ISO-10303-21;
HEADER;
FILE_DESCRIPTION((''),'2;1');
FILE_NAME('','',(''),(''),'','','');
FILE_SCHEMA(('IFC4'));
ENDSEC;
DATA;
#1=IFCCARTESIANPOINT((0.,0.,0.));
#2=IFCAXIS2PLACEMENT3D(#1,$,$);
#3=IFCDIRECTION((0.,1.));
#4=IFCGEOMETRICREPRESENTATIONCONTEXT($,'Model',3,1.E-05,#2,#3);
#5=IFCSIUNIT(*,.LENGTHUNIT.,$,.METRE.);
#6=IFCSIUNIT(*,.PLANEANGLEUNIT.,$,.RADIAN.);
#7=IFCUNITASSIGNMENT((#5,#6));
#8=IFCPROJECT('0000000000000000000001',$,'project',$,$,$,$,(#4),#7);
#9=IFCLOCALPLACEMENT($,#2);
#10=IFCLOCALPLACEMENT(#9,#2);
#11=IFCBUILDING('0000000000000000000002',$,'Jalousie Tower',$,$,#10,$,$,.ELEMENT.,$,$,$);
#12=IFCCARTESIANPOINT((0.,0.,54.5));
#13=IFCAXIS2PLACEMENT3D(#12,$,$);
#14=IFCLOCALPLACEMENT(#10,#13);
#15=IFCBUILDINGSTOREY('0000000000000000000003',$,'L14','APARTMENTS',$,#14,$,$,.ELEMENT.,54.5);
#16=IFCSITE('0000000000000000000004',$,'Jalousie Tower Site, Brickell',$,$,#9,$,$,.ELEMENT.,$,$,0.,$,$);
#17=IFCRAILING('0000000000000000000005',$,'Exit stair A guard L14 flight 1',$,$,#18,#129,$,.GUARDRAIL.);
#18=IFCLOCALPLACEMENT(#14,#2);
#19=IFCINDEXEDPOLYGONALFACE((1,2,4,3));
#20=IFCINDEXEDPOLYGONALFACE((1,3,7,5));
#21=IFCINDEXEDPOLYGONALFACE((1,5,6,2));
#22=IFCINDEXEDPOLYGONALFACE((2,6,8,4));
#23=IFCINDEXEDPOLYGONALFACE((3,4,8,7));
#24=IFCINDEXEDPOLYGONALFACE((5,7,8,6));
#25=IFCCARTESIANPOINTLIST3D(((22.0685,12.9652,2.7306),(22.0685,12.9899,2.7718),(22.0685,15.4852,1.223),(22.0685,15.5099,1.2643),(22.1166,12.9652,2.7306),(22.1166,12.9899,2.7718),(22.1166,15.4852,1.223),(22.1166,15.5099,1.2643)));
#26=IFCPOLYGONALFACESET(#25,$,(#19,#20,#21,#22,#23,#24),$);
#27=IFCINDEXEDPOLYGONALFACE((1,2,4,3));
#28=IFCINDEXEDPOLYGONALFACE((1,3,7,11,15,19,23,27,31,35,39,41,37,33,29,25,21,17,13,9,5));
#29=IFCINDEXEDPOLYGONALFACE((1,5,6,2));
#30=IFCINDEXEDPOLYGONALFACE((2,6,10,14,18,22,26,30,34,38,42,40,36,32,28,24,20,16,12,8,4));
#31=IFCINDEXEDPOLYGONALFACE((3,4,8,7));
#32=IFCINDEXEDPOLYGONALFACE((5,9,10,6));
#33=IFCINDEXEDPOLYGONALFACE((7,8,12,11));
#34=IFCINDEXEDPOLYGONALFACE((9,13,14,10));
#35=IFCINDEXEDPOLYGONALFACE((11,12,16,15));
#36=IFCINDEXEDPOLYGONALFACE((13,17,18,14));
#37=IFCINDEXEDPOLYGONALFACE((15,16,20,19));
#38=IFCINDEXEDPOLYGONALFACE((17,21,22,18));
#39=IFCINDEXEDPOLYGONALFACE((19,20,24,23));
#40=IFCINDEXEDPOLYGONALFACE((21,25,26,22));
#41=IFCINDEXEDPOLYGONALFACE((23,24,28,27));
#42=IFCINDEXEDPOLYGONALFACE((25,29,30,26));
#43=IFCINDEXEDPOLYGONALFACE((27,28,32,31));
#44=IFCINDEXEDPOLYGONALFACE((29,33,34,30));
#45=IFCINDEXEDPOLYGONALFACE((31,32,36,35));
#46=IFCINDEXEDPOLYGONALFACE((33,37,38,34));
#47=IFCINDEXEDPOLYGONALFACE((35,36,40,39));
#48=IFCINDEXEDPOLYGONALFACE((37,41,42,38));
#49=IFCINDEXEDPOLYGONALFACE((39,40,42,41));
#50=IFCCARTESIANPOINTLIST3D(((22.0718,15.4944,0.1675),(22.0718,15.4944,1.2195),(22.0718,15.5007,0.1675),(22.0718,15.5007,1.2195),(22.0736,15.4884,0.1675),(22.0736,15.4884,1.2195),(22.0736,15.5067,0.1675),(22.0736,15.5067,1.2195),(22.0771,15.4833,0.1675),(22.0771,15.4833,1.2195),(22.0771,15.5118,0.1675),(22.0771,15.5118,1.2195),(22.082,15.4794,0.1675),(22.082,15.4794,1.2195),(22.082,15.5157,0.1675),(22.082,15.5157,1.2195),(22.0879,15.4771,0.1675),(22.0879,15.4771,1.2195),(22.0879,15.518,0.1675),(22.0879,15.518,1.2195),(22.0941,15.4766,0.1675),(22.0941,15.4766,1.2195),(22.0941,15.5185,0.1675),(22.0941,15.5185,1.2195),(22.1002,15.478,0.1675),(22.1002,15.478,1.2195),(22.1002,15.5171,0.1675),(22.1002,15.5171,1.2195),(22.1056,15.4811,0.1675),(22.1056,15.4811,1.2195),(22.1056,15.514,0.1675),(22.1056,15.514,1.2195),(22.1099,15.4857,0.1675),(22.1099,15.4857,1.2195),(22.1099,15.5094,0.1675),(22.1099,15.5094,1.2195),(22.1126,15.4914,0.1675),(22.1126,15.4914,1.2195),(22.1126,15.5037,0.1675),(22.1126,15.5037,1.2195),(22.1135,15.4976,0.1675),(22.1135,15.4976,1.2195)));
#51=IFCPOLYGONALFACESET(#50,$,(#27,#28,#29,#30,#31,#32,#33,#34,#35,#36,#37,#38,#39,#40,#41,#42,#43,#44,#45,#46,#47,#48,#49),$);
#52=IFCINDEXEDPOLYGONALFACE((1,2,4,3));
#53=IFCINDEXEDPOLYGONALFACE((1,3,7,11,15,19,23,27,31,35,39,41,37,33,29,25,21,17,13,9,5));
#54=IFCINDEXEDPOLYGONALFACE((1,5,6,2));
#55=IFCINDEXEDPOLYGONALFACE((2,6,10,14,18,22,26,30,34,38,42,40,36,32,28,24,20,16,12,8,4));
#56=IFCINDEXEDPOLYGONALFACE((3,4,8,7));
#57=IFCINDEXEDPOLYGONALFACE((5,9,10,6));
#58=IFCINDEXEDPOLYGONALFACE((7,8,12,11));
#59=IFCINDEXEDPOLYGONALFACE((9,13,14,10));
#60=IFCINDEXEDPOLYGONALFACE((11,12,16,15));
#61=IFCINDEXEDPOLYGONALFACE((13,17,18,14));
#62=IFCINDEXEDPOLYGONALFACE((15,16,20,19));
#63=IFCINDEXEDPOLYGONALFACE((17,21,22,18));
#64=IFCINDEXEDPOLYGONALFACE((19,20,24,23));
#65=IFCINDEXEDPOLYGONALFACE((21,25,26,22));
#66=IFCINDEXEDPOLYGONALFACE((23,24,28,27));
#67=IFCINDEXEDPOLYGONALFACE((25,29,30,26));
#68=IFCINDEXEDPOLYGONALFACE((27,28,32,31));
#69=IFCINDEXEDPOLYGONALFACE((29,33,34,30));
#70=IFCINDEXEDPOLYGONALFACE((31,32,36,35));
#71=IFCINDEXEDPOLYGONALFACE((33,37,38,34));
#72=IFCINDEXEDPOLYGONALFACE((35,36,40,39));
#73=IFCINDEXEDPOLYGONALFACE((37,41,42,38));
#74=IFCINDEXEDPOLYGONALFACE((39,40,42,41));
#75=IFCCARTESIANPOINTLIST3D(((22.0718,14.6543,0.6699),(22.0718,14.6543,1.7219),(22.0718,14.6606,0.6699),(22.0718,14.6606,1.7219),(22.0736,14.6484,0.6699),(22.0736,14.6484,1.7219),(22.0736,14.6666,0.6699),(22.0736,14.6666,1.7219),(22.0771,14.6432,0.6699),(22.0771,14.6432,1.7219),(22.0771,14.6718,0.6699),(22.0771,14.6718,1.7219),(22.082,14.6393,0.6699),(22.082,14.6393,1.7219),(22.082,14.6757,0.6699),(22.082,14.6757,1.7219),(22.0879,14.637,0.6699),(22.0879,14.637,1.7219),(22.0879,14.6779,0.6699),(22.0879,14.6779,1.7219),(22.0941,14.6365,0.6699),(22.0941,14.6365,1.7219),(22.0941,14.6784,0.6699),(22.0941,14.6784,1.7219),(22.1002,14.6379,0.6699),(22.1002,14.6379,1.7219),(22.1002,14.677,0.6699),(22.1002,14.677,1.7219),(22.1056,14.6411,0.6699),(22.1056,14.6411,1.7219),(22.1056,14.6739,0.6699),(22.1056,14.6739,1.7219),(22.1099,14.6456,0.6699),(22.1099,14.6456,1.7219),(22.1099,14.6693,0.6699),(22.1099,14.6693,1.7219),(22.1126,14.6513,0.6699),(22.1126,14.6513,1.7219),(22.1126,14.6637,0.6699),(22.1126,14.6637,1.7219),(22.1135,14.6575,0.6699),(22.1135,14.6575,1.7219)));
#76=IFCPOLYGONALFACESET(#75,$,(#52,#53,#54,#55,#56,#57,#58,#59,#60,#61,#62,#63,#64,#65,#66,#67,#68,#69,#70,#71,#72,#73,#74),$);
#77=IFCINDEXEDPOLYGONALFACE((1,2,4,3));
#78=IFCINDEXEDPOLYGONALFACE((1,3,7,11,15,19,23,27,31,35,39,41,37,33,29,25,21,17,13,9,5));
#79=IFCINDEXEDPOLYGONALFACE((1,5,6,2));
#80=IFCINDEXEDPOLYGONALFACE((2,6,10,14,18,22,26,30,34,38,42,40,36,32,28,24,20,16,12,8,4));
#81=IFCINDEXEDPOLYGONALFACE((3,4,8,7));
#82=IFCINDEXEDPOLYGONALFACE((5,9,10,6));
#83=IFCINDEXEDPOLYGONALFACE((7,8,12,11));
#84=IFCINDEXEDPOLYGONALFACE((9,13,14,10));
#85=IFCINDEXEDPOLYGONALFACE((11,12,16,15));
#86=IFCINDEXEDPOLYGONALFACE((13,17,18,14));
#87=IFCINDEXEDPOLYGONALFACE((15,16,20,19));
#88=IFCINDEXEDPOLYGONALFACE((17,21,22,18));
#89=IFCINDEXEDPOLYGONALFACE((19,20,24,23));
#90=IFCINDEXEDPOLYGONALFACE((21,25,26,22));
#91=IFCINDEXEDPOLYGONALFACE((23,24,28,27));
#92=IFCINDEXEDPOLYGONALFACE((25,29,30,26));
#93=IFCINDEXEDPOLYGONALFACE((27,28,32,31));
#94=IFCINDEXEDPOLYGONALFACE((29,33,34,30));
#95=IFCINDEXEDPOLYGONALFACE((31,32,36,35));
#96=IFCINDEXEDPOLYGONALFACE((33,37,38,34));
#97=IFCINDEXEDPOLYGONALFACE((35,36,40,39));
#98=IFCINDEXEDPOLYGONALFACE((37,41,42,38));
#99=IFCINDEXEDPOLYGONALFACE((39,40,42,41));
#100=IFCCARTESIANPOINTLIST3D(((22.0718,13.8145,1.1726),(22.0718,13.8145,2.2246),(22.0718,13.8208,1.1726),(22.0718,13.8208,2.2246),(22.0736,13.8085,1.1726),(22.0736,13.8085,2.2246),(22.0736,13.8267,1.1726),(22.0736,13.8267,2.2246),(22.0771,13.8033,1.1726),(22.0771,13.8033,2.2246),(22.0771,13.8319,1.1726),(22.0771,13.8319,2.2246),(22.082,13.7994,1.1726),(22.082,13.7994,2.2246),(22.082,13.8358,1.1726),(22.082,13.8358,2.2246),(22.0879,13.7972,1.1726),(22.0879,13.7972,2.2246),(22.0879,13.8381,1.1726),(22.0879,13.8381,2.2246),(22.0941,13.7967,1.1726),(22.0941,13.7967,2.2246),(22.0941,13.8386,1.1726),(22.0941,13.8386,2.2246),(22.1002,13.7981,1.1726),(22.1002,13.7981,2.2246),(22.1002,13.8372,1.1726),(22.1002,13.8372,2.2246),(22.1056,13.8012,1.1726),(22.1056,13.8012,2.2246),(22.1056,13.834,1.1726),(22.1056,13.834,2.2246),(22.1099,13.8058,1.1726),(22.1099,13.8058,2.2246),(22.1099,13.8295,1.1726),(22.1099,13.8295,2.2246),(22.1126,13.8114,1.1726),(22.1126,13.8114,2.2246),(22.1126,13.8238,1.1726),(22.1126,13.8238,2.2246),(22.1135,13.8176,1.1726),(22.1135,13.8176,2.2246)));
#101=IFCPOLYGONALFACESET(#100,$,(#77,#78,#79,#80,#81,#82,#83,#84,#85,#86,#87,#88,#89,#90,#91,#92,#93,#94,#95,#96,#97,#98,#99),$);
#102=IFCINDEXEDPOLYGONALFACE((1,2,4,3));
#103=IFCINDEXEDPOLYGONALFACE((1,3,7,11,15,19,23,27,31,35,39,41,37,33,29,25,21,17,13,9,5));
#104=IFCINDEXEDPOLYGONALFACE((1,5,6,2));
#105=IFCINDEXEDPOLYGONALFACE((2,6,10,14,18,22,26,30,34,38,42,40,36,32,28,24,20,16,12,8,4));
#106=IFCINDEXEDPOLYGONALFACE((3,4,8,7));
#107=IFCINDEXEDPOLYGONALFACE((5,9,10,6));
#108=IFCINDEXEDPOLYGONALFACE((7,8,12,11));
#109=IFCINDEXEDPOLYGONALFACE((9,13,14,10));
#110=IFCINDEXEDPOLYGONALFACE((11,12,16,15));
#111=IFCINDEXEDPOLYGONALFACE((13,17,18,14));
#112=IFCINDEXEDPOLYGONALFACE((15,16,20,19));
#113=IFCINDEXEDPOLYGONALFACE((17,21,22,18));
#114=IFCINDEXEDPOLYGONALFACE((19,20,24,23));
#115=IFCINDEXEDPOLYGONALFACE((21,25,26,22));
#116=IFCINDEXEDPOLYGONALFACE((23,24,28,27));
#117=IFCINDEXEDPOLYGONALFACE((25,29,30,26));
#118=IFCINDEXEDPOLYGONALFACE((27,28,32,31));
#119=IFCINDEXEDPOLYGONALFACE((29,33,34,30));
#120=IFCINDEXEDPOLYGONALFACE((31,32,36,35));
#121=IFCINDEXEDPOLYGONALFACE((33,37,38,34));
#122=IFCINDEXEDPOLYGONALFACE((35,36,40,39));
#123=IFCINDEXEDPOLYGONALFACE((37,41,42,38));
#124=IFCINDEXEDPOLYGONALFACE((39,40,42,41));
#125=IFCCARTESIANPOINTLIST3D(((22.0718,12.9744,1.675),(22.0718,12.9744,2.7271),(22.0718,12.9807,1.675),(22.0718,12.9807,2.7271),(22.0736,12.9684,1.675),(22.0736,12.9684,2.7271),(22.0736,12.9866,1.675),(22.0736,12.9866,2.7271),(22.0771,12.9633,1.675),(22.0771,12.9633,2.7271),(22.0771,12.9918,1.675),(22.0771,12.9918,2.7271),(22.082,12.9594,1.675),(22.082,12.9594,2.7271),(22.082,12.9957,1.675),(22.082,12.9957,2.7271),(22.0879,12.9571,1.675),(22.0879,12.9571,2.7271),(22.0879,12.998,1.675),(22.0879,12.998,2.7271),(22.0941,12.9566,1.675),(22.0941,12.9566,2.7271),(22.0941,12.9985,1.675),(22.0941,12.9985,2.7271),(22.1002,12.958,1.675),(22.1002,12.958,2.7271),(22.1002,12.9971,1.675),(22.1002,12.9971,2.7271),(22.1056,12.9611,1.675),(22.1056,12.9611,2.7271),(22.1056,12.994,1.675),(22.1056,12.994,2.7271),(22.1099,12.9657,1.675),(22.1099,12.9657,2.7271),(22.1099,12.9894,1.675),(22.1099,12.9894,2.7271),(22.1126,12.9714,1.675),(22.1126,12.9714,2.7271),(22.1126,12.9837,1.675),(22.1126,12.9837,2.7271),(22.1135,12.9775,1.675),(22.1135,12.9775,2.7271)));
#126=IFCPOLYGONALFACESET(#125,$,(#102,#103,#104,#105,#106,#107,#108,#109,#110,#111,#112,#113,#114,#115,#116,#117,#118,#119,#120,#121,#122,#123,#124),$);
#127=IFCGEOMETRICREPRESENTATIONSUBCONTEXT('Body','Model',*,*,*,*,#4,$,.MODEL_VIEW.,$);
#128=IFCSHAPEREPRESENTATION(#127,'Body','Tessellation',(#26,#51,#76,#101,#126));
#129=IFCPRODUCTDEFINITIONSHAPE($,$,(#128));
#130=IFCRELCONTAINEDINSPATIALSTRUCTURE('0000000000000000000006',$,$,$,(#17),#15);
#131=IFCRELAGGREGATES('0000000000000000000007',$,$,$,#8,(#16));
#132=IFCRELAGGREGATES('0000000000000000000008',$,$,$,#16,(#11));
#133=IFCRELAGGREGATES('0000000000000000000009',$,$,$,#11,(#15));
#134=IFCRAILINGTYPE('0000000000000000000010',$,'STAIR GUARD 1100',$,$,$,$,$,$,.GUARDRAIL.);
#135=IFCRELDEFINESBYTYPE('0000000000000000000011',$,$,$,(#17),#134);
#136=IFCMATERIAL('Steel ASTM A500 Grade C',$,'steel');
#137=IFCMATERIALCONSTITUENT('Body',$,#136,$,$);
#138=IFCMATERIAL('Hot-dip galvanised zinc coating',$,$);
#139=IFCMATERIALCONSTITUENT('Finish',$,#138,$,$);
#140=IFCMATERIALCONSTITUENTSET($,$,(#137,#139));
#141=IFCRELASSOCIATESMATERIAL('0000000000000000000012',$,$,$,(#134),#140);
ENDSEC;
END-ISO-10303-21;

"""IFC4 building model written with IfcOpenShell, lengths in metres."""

from ifc_helpers import new_model, si_unit, direction, frame, origin, origin_2d, place, context, subcontext, project, spatial, rectangle, circle, extrude, material, constituent, constituent_set, type_object, element, save


model = new_model("IFC4")

# Units and contexts
model_context = context("Model", 3, precision=1e-05, world=origin(), true_north=direction((0.0, 1.0)))
body_context = subcontext(model_context, "Body", "Model", "MODEL_VIEW")
ifc_project = project(units=[si_unit("LENGTHUNIT", "METRE"), si_unit("PLANEANGLEUNIT", "RADIAN")], contexts=[model_context])

# Site, building, storey
site_placement = place(None, origin())
site = spatial("IfcSite", under=ifc_project, at=site_placement, Name="Jalousie Tower Site, Brickell", CompositionType="ELEMENT", RefElevation=0.0)
building_placement = place(site_placement, origin())
building = spatial("IfcBuilding", under=site, at=building_placement, Name="Jalousie Tower", CompositionType="ELEMENT")
storey_placement = place(building_placement, frame((0.0, 0.0, 54.5)))
storey = spatial("IfcBuildingStorey", under=building, at=storey_placement, Name="L14", Description="APARTMENTS", CompositionType="ELEMENT", Elevation=54.5)

# Railing
ifc_material_1 = material(Name="Steel ASTM A500 Grade C", Category="steel")
ifc_constituent_1 = constituent(ifc_material_1, Name="Body")
ifc_material_2 = material(Name="Hot-dip galvanised zinc coating")
ifc_constituent_2 = constituent(ifc_material_2, Name="Finish")
ifc_constituent_set_1 = constituent_set(constituents=[ifc_constituent_1, ifc_constituent_2])
railing_type_1 = type_object("IfcRailingType", Name="STAIR GUARD 1100", PredefinedType="GUARDRAIL", material=ifc_constituent_set_1)
railing_1_placement = place(storey_placement, frame((22.0925, 15.4976, 0.1675)))
element("IfcRailing", 1, at=railing_1_placement, inside=storey, type_object=railing_type_1, Name="Exit stair A guard L14 flight 1", PredefinedType="GUARDRAIL", context=body_context, shape_type="SweptSolid", body=[
    extrude(rectangle(XDim=0.0481, YDim=0.0481, at=origin_2d()), frame((0.0, 0.0, 1.0762), z_axis=(0.0, -0.85816, 0.513383), x_axis=(1.0, 0.0, 0.0)), (0.0, 0.0, 1.0), 2.9365),
    extrude(circle(Radius=0.021, at=origin_2d()), origin(), (0.0, 0.0, 1.0), 1.052),
    extrude(circle(Radius=0.021, at=origin_2d()), frame((0.0, -0.8401, 0.5024)), (0.0, 0.0, 1.0), 1.052),
    extrude(circle(Radius=0.021, at=origin_2d()), frame((0.0, -1.6799, 1.0051)), (0.0, 0.0, 1.0), 1.052),
    extrude(circle(Radius=0.021, at=origin_2d()), frame((0.0, -2.52, 1.5076)), (0.0, 0.0, 1.0), 1.052),
])

save(model, "model.ifc")
